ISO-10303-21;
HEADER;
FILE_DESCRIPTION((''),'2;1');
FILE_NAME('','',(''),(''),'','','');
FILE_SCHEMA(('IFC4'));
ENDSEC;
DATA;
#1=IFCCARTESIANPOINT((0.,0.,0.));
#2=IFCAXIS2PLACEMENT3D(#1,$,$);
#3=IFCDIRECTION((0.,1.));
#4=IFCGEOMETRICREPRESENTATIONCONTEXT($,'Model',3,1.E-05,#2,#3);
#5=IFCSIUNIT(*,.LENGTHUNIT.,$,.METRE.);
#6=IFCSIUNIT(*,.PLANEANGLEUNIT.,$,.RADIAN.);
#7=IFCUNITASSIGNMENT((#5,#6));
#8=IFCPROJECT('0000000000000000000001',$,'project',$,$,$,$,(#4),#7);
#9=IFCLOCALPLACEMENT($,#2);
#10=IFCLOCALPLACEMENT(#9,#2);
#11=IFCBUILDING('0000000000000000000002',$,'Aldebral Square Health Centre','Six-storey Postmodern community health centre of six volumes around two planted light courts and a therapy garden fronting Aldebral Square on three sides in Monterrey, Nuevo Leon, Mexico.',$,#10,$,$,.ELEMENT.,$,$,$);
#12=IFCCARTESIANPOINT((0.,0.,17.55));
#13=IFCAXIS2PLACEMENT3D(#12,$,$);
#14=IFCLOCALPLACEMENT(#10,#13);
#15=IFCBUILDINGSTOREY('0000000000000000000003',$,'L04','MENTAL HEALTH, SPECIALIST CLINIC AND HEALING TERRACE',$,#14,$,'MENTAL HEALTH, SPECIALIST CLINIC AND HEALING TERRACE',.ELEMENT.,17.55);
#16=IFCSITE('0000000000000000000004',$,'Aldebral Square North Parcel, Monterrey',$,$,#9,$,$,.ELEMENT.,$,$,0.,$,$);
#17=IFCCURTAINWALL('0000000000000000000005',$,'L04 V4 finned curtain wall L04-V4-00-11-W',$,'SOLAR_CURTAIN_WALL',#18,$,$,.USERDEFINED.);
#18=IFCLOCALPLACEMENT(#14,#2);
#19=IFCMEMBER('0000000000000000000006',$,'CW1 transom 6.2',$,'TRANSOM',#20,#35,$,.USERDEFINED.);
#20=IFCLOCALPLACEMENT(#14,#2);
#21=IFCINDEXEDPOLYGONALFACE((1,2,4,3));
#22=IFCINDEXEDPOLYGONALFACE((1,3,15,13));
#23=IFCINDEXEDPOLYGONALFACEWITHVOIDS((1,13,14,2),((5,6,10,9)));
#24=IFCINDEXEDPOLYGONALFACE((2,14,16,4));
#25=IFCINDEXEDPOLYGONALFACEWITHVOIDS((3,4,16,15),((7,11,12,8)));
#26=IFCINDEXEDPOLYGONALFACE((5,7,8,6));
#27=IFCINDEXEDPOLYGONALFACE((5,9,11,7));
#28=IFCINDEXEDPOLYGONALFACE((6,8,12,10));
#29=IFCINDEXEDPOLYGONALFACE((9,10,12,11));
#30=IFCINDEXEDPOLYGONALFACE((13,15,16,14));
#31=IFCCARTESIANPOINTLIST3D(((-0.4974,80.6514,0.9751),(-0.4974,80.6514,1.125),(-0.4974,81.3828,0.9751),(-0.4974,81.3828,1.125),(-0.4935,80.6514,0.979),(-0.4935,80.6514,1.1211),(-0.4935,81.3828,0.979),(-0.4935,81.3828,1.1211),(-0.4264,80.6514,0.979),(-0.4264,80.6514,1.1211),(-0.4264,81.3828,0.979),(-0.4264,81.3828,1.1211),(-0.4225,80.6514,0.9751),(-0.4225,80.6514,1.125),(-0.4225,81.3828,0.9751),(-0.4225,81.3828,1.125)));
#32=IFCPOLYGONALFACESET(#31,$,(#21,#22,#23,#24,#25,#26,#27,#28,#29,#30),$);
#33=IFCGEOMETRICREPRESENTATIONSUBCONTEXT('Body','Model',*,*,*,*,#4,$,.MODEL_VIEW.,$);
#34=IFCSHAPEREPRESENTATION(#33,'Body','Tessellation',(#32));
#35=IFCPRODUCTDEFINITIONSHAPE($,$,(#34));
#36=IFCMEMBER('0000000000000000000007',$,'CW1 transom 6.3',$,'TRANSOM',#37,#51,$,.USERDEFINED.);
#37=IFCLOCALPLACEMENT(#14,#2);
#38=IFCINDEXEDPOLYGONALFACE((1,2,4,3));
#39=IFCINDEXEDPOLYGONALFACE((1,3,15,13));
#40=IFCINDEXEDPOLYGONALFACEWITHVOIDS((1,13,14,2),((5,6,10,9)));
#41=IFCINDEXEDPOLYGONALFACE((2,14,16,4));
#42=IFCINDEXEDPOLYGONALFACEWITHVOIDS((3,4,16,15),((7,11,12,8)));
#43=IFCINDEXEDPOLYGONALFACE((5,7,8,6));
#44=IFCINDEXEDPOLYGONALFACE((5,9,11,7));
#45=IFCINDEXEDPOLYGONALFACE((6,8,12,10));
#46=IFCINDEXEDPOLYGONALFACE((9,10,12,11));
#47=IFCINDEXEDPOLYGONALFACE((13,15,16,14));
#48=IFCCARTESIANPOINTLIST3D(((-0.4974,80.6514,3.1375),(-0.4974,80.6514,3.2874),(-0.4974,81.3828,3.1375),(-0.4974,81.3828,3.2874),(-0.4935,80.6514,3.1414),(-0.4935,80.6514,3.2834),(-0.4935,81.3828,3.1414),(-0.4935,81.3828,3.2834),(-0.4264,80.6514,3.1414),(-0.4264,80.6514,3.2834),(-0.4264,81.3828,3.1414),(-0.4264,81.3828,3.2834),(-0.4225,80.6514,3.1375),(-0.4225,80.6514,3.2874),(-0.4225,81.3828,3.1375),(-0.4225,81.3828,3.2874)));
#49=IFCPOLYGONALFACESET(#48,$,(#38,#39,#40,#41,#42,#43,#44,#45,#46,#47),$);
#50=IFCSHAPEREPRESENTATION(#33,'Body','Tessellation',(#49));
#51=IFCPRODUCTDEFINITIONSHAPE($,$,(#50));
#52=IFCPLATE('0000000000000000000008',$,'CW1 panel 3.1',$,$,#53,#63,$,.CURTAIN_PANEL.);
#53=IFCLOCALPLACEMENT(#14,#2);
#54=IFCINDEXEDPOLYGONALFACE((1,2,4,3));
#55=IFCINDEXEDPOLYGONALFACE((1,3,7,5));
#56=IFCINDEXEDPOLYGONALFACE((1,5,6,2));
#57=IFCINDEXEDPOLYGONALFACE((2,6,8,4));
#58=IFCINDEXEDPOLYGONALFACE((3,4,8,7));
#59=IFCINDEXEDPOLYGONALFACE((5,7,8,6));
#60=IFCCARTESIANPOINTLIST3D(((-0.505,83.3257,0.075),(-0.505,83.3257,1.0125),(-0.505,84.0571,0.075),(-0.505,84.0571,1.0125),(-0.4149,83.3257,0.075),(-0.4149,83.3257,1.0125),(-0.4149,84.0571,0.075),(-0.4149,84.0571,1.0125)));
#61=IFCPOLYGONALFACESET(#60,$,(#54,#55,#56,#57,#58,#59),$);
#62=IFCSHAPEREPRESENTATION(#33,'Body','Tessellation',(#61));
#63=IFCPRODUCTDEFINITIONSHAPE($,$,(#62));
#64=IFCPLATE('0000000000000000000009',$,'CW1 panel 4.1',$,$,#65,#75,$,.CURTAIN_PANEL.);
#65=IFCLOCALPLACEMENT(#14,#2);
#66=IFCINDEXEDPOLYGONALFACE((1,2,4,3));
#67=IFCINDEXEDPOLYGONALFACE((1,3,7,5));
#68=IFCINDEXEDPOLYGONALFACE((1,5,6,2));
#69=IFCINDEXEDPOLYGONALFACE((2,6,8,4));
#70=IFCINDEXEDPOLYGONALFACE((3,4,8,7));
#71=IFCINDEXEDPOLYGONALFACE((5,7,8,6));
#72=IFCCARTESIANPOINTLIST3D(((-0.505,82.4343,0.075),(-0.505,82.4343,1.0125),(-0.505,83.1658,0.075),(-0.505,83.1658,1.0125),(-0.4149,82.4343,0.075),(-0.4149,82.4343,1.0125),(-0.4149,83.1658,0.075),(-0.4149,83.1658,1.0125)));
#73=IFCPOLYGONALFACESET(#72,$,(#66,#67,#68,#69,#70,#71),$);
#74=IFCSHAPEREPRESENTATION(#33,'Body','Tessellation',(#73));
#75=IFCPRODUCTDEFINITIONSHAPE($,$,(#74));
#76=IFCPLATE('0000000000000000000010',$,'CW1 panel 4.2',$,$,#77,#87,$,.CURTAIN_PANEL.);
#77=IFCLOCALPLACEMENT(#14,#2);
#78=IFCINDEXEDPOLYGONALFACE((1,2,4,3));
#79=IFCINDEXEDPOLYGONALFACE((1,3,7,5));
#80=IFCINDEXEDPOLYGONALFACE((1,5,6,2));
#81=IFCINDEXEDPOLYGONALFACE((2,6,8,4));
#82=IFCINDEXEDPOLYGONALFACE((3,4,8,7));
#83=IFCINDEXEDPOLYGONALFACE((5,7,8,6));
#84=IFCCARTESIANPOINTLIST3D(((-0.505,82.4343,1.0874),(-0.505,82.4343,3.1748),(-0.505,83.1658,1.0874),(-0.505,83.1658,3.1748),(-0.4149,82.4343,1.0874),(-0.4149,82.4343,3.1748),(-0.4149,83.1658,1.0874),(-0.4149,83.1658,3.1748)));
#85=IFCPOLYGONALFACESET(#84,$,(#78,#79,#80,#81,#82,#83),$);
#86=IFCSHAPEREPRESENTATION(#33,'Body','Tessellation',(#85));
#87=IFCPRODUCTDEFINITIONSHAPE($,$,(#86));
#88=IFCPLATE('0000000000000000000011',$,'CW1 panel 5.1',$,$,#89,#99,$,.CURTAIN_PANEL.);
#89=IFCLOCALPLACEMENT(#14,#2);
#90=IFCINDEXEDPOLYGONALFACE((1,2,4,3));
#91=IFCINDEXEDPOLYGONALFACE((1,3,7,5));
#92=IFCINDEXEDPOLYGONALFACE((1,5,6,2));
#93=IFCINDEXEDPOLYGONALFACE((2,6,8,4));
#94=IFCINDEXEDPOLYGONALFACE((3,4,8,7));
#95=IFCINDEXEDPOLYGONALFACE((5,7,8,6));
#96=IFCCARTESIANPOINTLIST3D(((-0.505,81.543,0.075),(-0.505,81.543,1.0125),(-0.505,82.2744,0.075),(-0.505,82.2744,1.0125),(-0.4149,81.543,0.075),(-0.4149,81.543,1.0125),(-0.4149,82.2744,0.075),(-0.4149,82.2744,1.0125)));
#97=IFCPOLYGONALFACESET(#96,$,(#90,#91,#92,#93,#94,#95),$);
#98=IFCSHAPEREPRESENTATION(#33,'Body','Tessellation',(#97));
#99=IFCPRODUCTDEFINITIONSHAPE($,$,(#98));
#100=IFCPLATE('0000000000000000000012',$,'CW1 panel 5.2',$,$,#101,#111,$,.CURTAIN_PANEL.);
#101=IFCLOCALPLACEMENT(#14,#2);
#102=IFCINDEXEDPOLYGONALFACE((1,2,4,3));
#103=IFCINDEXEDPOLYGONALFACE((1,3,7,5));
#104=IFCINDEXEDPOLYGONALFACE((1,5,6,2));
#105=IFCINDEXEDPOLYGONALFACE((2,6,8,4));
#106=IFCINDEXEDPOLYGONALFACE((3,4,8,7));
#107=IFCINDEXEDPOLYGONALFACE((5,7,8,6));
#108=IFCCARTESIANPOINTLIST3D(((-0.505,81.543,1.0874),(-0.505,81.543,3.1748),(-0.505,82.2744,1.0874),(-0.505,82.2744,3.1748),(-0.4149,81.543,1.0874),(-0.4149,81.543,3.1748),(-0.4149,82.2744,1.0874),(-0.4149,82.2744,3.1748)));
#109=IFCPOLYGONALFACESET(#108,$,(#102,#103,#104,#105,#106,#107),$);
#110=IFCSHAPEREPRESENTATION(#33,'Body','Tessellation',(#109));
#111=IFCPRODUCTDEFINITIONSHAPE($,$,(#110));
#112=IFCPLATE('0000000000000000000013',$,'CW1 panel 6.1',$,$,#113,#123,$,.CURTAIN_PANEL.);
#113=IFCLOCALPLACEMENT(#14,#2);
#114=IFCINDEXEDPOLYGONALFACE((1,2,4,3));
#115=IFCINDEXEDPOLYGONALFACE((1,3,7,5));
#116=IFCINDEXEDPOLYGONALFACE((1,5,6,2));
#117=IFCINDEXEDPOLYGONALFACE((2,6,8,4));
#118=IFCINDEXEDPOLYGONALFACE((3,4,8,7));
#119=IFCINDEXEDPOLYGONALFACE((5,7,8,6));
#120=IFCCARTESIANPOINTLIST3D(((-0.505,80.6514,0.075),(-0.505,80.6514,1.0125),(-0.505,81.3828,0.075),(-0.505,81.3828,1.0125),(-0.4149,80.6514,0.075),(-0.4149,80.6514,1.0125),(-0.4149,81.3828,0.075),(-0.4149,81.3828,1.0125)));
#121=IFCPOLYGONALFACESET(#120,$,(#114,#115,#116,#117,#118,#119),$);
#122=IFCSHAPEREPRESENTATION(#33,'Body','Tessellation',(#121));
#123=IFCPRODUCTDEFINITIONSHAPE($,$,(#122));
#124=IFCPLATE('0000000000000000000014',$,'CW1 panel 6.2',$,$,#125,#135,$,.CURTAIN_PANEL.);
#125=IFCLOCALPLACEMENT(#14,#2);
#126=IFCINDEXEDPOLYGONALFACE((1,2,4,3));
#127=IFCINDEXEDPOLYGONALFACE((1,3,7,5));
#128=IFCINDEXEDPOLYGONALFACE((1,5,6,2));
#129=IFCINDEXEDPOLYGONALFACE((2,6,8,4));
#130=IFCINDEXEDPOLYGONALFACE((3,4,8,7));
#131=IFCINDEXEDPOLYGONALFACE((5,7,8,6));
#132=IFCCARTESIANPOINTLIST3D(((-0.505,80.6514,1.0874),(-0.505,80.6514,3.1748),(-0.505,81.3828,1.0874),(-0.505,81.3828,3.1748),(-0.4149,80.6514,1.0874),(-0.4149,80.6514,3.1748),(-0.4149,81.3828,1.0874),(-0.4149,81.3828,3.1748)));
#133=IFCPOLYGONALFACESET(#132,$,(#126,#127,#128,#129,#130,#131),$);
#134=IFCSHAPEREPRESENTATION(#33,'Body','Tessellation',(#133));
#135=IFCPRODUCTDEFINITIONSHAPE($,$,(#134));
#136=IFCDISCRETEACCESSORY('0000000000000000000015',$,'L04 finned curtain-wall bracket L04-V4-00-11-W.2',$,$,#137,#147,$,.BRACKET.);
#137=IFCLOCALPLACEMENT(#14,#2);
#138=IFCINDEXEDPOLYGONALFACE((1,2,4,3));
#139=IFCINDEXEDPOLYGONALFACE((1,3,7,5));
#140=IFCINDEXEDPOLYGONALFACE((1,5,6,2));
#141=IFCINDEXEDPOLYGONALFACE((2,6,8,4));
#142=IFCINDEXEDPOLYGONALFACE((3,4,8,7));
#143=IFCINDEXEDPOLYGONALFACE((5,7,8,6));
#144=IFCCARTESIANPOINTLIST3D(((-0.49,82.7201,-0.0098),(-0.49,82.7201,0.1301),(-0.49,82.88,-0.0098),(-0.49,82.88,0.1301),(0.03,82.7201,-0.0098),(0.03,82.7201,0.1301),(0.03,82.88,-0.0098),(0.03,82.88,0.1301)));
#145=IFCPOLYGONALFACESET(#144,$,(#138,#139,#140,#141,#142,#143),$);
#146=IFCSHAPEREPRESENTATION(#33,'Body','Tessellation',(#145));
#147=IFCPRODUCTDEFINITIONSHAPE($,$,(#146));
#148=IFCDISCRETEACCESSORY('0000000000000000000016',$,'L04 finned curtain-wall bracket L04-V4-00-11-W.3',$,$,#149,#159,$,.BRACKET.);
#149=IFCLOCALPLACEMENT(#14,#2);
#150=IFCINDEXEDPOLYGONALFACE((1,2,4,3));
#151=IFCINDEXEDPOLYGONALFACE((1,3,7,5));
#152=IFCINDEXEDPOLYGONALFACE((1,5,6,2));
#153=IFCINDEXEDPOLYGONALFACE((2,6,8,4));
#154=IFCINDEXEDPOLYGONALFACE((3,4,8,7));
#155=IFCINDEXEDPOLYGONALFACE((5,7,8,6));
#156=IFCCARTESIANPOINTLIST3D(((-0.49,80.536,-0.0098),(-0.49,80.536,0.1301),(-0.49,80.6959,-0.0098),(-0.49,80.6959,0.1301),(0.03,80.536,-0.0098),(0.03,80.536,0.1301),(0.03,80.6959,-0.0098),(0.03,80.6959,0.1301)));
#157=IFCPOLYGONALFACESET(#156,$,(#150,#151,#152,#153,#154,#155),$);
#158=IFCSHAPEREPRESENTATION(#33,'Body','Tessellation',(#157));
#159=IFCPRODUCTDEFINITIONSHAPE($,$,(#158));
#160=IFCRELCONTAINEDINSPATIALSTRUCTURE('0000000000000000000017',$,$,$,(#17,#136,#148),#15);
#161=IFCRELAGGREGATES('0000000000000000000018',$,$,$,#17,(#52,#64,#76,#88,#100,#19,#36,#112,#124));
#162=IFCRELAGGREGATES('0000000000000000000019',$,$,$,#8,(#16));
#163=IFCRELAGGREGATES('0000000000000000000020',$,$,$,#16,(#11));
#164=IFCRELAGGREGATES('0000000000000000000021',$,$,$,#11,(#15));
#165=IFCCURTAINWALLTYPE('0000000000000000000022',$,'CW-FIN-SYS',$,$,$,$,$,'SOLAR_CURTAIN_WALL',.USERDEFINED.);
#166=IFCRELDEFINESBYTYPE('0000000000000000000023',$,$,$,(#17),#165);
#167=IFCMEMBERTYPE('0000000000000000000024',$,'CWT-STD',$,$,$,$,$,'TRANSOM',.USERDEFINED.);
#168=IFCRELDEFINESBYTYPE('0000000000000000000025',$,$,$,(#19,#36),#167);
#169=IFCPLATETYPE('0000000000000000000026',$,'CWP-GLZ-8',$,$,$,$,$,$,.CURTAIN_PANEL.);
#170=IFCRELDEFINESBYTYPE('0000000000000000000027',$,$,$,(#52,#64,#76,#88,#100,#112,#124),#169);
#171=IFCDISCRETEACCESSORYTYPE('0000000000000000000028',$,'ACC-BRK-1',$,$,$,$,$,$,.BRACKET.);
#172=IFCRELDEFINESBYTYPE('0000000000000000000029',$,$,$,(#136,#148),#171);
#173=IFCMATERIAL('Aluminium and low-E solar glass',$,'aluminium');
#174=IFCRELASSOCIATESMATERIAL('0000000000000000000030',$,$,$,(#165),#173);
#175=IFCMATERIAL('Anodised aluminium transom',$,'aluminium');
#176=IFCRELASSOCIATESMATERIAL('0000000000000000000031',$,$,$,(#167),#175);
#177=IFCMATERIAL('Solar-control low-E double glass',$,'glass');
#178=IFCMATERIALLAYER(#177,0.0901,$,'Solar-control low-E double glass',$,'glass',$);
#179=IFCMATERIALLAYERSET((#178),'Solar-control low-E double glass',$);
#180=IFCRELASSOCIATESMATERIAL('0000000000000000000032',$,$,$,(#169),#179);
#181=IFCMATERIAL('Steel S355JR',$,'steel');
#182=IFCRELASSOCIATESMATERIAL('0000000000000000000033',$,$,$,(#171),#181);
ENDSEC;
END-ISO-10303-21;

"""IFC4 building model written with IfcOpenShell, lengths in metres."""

from ifc_helpers import new_model, si_unit, direction, frame, origin, origin_2d, place, context, subcontext, project, spatial, rectangle, hollow_rectangle, extrude, material, layer, layer_set, material_profile, profile_set, type_object, element, aggregate, save


model = new_model("IFC4")

# Units and contexts
model_context = context("Model", 3, precision=1e-05, world=origin(), true_north=direction((0.0, 1.0)))
body_context = subcontext(model_context, "Body", "Model", "MODEL_VIEW")
ifc_project = project(units=[si_unit("LENGTHUNIT", "METRE"), si_unit("PLANEANGLEUNIT", "RADIAN")], contexts=[model_context])

# Site, building, storey
site_placement = place(None, origin())
site = spatial("IfcSite", under=ifc_project, at=site_placement, Name="Aldebral Square North Parcel, Monterrey", CompositionType="ELEMENT", RefElevation=0.0)
building_placement = place(site_placement, origin())
building = spatial("IfcBuilding", under=site, at=building_placement, Name="Aldebral Square Health Centre", Description="Six-storey Postmodern community health centre of six volumes around two planted light courts and a therapy garden fronting Aldebral Square on three sides in Monterrey, Nuevo Leon, Mexico.", CompositionType="ELEMENT")
storey_placement = place(building_placement, frame((0.0, 0.0, 17.55)))
storey = spatial("IfcBuildingStorey", under=building, at=storey_placement, Name="L04", Description="MENTAL HEALTH, SPECIALIST CLINIC AND HEALING TERRACE", LongName="MENTAL HEALTH, SPECIALIST CLINIC AND HEALING TERRACE", CompositionType="ELEMENT", Elevation=17.55)

# Curtain wall, members, plates
ifc_material_1 = material(Name="Aluminium and low-E solar glass", Category="aluminium")
curtain_wall_type = type_object("IfcCurtainWallType", Name="CW-FIN-SYS", ElementType="SOLAR_CURTAIN_WALL", PredefinedType="USERDEFINED", material=ifc_material_1)
curtain_wall_placement = place(storey_placement, origin())
curtain_wall = element("IfcCurtainWall", 1, at=curtain_wall_placement, inside=storey, type_object=curtain_wall_type, Name="L04 V4 finned curtain wall L04-V4-00-11-W", ObjectType="SOLAR_CURTAIN_WALL", PredefinedType="USERDEFINED")
ifc_material_2 = material(Name="Anodised aluminium transom", Category="aluminium")
ifc_material_profile_1 = material_profile(ifc_material_2, hollow_rectangle(XDim=0.075, YDim=0.1499, WallThickness=0.0039, at=origin_2d()), Name="CWT 75x150x4")
ifc_profile_set_1 = profile_set([ifc_material_profile_1], Name="Anodised aluminium transom")
member_type_1 = type_object("IfcMemberType", Name="CWT-STD", ElementType="TRANSOM", PredefinedType="USERDEFINED", material=ifc_profile_set_1)
member_1_placement = place(storey_placement, frame((-0.46, 81.3828, 1.05), z_axis=(0.0, -1.0, 0.0), x_axis=(1.0, 0.0, 0.0)))
member_1 = element("IfcMember", 2, at=member_1_placement, type_object=member_type_1, Name="CW1 transom 6.2", ObjectType="TRANSOM", PredefinedType="USERDEFINED", context=body_context, shape_type="SweptSolid", body=[
    extrude(hollow_rectangle(XDim=0.075, YDim=0.1499, WallThickness=0.0039, at=origin_2d()), origin(), (0.0, 0.0, 1.0), 0.7314),
])
member_2_placement = place(storey_placement, frame((-0.46, 81.3828, 3.2124), z_axis=(0.0, -1.0, 0.0), x_axis=(1.0, 0.0, 0.0)))
member_2 = element("IfcMember", 3, at=member_2_placement, type_object=member_type_1, Name="CW1 transom 6.3", ObjectType="TRANSOM", PredefinedType="USERDEFINED", context=body_context, shape_type="SweptSolid", body=[
    extrude(hollow_rectangle(XDim=0.075, YDim=0.1499, WallThickness=0.0039, at=origin_2d()), origin(), (0.0, 0.0, 1.0), 0.7314),
])
ifc_material_3 = material(Name="Solar-control low-E double glass", Category="glass")
ifc_layer = layer(ifc_material_3, 0.0901, Name="Solar-control low-E double glass", Category="glass")
ifc_layer_set = layer_set([ifc_layer], Name="Solar-control low-E double glass")
plate_type = type_object("IfcPlateType", Name="CWP-GLZ-8", PredefinedType="CURTAIN_PANEL", material=ifc_layer_set)
plate_1_placement = place(storey_placement, frame((-0.46, 83.6914, 0.075), z_axis=(0.0, 0.0, 1.0), x_axis=(0.0, -1.0, 0.0)))
plate_1 = element("IfcPlate", 4, at=plate_1_placement, type_object=plate_type, Name="CW1 panel 3.1", PredefinedType="CURTAIN_PANEL", context=body_context, shape_type="SweptSolid", body=[
    extrude(rectangle(XDim=0.7314, YDim=0.0901, at=origin_2d()), origin(), (0.0, 0.0, 1.0), 0.9375),
])
plate_2_placement = place(storey_placement, frame((-0.46, 82.8, 0.075), z_axis=(0.0, 0.0, 1.0), x_axis=(0.0, -1.0, 0.0)))
plate_2 = element("IfcPlate", 5, at=plate_2_placement, type_object=plate_type, Name="CW1 panel 4.1", PredefinedType="CURTAIN_PANEL", context=body_context, shape_type="SweptSolid", body=[
    extrude(rectangle(XDim=0.7314, YDim=0.0901, at=origin_2d()), origin(), (0.0, 0.0, 1.0), 0.9375),
])
plate_3_placement = place(storey_placement, frame((-0.46, 82.8, 1.0874), z_axis=(0.0, 0.0, 1.0), x_axis=(0.0, -1.0, 0.0)))
plate_3 = element("IfcPlate", 6, at=plate_3_placement, type_object=plate_type, Name="CW1 panel 4.2", PredefinedType="CURTAIN_PANEL", context=body_context, shape_type="SweptSolid", body=[
    extrude(rectangle(XDim=0.7314, YDim=0.0901, at=origin_2d()), origin(), (0.0, 0.0, 1.0), 2.0874),
])
plate_4_placement = place(storey_placement, frame((-0.46, 81.9087, 0.075), z_axis=(0.0, 0.0, 1.0), x_axis=(0.0, -1.0, 0.0)))
plate_4 = element("IfcPlate", 7, at=plate_4_placement, type_object=plate_type, Name="CW1 panel 5.1", PredefinedType="CURTAIN_PANEL", context=body_context, shape_type="SweptSolid", body=[
    extrude(rectangle(XDim=0.7314, YDim=0.0901, at=origin_2d()), origin(), (0.0, 0.0, 1.0), 0.9375),
])
plate_5_placement = place(storey_placement, frame((-0.46, 81.9087, 1.0874), z_axis=(0.0, 0.0, 1.0), x_axis=(0.0, -1.0, 0.0)))
plate_5 = element("IfcPlate", 8, at=plate_5_placement, type_object=plate_type, Name="CW1 panel 5.2", PredefinedType="CURTAIN_PANEL", context=body_context, shape_type="SweptSolid", body=[
    extrude(rectangle(XDim=0.7314, YDim=0.0901, at=origin_2d()), origin(), (0.0, 0.0, 1.0), 2.0874),
])
plate_6_placement = place(storey_placement, frame((-0.46, 81.0171, 0.075), z_axis=(0.0, 0.0, 1.0), x_axis=(0.0, -1.0, 0.0)))
plate_6 = element("IfcPlate", 9, at=plate_6_placement, type_object=plate_type, Name="CW1 panel 6.1", PredefinedType="CURTAIN_PANEL", context=body_context, shape_type="SweptSolid", body=[
    extrude(rectangle(XDim=0.7314, YDim=0.0901, at=origin_2d()), origin(), (0.0, 0.0, 1.0), 0.9375),
])
plate_7_placement = place(storey_placement, frame((-0.46, 81.0171, 1.0874), z_axis=(0.0, 0.0, 1.0), x_axis=(0.0, -1.0, 0.0)))
plate_7 = element("IfcPlate", 10, at=plate_7_placement, type_object=plate_type, Name="CW1 panel 6.2", PredefinedType="CURTAIN_PANEL", context=body_context, shape_type="SweptSolid", body=[
    extrude(rectangle(XDim=0.7314, YDim=0.0901, at=origin_2d()), origin(), (0.0, 0.0, 1.0), 2.0874),
])
aggregate(curtain_wall, [plate_1, plate_2, plate_3, plate_4, plate_5, member_1, member_2, plate_6, plate_7])

# Discrete accessories
ifc_material_4 = material(Name="Steel S355JR", Category="steel")
discrete_accessory_type = type_object("IfcDiscreteAccessoryType", Name="ACC-BRK-1", PredefinedType="BRACKET", material=ifc_material_4)
for number, where, z_axis, x_axis, name in (
    (11, (-0.23, 82.8, -0.0098), (0.0, 0.0, 1.0), (0.0, 1.0, 0.0), "L04 finned curtain-wall bracket L04-V4-00-11-W.2"),
    (12, (-0.23, 80.616, -0.0098), (0.0, 0.0, 1.0), (0.0, 1.0, 0.0), "L04 finned curtain-wall bracket L04-V4-00-11-W.3"),
):
    element("IfcDiscreteAccessory", number, at=place(storey_placement, frame(where, z_axis=z_axis, x_axis=x_axis)), inside=storey, type_object=discrete_accessory_type, Name=name, PredefinedType="BRACKET", context=body_context, shape_type="SweptSolid", body=[
        extrude(rectangle(XDim=0.1599, YDim=0.52, at=origin_2d()), origin(), (0.0, 0.0, 1.0), 0.1399),
    ])

save(model, "model.ifc")
